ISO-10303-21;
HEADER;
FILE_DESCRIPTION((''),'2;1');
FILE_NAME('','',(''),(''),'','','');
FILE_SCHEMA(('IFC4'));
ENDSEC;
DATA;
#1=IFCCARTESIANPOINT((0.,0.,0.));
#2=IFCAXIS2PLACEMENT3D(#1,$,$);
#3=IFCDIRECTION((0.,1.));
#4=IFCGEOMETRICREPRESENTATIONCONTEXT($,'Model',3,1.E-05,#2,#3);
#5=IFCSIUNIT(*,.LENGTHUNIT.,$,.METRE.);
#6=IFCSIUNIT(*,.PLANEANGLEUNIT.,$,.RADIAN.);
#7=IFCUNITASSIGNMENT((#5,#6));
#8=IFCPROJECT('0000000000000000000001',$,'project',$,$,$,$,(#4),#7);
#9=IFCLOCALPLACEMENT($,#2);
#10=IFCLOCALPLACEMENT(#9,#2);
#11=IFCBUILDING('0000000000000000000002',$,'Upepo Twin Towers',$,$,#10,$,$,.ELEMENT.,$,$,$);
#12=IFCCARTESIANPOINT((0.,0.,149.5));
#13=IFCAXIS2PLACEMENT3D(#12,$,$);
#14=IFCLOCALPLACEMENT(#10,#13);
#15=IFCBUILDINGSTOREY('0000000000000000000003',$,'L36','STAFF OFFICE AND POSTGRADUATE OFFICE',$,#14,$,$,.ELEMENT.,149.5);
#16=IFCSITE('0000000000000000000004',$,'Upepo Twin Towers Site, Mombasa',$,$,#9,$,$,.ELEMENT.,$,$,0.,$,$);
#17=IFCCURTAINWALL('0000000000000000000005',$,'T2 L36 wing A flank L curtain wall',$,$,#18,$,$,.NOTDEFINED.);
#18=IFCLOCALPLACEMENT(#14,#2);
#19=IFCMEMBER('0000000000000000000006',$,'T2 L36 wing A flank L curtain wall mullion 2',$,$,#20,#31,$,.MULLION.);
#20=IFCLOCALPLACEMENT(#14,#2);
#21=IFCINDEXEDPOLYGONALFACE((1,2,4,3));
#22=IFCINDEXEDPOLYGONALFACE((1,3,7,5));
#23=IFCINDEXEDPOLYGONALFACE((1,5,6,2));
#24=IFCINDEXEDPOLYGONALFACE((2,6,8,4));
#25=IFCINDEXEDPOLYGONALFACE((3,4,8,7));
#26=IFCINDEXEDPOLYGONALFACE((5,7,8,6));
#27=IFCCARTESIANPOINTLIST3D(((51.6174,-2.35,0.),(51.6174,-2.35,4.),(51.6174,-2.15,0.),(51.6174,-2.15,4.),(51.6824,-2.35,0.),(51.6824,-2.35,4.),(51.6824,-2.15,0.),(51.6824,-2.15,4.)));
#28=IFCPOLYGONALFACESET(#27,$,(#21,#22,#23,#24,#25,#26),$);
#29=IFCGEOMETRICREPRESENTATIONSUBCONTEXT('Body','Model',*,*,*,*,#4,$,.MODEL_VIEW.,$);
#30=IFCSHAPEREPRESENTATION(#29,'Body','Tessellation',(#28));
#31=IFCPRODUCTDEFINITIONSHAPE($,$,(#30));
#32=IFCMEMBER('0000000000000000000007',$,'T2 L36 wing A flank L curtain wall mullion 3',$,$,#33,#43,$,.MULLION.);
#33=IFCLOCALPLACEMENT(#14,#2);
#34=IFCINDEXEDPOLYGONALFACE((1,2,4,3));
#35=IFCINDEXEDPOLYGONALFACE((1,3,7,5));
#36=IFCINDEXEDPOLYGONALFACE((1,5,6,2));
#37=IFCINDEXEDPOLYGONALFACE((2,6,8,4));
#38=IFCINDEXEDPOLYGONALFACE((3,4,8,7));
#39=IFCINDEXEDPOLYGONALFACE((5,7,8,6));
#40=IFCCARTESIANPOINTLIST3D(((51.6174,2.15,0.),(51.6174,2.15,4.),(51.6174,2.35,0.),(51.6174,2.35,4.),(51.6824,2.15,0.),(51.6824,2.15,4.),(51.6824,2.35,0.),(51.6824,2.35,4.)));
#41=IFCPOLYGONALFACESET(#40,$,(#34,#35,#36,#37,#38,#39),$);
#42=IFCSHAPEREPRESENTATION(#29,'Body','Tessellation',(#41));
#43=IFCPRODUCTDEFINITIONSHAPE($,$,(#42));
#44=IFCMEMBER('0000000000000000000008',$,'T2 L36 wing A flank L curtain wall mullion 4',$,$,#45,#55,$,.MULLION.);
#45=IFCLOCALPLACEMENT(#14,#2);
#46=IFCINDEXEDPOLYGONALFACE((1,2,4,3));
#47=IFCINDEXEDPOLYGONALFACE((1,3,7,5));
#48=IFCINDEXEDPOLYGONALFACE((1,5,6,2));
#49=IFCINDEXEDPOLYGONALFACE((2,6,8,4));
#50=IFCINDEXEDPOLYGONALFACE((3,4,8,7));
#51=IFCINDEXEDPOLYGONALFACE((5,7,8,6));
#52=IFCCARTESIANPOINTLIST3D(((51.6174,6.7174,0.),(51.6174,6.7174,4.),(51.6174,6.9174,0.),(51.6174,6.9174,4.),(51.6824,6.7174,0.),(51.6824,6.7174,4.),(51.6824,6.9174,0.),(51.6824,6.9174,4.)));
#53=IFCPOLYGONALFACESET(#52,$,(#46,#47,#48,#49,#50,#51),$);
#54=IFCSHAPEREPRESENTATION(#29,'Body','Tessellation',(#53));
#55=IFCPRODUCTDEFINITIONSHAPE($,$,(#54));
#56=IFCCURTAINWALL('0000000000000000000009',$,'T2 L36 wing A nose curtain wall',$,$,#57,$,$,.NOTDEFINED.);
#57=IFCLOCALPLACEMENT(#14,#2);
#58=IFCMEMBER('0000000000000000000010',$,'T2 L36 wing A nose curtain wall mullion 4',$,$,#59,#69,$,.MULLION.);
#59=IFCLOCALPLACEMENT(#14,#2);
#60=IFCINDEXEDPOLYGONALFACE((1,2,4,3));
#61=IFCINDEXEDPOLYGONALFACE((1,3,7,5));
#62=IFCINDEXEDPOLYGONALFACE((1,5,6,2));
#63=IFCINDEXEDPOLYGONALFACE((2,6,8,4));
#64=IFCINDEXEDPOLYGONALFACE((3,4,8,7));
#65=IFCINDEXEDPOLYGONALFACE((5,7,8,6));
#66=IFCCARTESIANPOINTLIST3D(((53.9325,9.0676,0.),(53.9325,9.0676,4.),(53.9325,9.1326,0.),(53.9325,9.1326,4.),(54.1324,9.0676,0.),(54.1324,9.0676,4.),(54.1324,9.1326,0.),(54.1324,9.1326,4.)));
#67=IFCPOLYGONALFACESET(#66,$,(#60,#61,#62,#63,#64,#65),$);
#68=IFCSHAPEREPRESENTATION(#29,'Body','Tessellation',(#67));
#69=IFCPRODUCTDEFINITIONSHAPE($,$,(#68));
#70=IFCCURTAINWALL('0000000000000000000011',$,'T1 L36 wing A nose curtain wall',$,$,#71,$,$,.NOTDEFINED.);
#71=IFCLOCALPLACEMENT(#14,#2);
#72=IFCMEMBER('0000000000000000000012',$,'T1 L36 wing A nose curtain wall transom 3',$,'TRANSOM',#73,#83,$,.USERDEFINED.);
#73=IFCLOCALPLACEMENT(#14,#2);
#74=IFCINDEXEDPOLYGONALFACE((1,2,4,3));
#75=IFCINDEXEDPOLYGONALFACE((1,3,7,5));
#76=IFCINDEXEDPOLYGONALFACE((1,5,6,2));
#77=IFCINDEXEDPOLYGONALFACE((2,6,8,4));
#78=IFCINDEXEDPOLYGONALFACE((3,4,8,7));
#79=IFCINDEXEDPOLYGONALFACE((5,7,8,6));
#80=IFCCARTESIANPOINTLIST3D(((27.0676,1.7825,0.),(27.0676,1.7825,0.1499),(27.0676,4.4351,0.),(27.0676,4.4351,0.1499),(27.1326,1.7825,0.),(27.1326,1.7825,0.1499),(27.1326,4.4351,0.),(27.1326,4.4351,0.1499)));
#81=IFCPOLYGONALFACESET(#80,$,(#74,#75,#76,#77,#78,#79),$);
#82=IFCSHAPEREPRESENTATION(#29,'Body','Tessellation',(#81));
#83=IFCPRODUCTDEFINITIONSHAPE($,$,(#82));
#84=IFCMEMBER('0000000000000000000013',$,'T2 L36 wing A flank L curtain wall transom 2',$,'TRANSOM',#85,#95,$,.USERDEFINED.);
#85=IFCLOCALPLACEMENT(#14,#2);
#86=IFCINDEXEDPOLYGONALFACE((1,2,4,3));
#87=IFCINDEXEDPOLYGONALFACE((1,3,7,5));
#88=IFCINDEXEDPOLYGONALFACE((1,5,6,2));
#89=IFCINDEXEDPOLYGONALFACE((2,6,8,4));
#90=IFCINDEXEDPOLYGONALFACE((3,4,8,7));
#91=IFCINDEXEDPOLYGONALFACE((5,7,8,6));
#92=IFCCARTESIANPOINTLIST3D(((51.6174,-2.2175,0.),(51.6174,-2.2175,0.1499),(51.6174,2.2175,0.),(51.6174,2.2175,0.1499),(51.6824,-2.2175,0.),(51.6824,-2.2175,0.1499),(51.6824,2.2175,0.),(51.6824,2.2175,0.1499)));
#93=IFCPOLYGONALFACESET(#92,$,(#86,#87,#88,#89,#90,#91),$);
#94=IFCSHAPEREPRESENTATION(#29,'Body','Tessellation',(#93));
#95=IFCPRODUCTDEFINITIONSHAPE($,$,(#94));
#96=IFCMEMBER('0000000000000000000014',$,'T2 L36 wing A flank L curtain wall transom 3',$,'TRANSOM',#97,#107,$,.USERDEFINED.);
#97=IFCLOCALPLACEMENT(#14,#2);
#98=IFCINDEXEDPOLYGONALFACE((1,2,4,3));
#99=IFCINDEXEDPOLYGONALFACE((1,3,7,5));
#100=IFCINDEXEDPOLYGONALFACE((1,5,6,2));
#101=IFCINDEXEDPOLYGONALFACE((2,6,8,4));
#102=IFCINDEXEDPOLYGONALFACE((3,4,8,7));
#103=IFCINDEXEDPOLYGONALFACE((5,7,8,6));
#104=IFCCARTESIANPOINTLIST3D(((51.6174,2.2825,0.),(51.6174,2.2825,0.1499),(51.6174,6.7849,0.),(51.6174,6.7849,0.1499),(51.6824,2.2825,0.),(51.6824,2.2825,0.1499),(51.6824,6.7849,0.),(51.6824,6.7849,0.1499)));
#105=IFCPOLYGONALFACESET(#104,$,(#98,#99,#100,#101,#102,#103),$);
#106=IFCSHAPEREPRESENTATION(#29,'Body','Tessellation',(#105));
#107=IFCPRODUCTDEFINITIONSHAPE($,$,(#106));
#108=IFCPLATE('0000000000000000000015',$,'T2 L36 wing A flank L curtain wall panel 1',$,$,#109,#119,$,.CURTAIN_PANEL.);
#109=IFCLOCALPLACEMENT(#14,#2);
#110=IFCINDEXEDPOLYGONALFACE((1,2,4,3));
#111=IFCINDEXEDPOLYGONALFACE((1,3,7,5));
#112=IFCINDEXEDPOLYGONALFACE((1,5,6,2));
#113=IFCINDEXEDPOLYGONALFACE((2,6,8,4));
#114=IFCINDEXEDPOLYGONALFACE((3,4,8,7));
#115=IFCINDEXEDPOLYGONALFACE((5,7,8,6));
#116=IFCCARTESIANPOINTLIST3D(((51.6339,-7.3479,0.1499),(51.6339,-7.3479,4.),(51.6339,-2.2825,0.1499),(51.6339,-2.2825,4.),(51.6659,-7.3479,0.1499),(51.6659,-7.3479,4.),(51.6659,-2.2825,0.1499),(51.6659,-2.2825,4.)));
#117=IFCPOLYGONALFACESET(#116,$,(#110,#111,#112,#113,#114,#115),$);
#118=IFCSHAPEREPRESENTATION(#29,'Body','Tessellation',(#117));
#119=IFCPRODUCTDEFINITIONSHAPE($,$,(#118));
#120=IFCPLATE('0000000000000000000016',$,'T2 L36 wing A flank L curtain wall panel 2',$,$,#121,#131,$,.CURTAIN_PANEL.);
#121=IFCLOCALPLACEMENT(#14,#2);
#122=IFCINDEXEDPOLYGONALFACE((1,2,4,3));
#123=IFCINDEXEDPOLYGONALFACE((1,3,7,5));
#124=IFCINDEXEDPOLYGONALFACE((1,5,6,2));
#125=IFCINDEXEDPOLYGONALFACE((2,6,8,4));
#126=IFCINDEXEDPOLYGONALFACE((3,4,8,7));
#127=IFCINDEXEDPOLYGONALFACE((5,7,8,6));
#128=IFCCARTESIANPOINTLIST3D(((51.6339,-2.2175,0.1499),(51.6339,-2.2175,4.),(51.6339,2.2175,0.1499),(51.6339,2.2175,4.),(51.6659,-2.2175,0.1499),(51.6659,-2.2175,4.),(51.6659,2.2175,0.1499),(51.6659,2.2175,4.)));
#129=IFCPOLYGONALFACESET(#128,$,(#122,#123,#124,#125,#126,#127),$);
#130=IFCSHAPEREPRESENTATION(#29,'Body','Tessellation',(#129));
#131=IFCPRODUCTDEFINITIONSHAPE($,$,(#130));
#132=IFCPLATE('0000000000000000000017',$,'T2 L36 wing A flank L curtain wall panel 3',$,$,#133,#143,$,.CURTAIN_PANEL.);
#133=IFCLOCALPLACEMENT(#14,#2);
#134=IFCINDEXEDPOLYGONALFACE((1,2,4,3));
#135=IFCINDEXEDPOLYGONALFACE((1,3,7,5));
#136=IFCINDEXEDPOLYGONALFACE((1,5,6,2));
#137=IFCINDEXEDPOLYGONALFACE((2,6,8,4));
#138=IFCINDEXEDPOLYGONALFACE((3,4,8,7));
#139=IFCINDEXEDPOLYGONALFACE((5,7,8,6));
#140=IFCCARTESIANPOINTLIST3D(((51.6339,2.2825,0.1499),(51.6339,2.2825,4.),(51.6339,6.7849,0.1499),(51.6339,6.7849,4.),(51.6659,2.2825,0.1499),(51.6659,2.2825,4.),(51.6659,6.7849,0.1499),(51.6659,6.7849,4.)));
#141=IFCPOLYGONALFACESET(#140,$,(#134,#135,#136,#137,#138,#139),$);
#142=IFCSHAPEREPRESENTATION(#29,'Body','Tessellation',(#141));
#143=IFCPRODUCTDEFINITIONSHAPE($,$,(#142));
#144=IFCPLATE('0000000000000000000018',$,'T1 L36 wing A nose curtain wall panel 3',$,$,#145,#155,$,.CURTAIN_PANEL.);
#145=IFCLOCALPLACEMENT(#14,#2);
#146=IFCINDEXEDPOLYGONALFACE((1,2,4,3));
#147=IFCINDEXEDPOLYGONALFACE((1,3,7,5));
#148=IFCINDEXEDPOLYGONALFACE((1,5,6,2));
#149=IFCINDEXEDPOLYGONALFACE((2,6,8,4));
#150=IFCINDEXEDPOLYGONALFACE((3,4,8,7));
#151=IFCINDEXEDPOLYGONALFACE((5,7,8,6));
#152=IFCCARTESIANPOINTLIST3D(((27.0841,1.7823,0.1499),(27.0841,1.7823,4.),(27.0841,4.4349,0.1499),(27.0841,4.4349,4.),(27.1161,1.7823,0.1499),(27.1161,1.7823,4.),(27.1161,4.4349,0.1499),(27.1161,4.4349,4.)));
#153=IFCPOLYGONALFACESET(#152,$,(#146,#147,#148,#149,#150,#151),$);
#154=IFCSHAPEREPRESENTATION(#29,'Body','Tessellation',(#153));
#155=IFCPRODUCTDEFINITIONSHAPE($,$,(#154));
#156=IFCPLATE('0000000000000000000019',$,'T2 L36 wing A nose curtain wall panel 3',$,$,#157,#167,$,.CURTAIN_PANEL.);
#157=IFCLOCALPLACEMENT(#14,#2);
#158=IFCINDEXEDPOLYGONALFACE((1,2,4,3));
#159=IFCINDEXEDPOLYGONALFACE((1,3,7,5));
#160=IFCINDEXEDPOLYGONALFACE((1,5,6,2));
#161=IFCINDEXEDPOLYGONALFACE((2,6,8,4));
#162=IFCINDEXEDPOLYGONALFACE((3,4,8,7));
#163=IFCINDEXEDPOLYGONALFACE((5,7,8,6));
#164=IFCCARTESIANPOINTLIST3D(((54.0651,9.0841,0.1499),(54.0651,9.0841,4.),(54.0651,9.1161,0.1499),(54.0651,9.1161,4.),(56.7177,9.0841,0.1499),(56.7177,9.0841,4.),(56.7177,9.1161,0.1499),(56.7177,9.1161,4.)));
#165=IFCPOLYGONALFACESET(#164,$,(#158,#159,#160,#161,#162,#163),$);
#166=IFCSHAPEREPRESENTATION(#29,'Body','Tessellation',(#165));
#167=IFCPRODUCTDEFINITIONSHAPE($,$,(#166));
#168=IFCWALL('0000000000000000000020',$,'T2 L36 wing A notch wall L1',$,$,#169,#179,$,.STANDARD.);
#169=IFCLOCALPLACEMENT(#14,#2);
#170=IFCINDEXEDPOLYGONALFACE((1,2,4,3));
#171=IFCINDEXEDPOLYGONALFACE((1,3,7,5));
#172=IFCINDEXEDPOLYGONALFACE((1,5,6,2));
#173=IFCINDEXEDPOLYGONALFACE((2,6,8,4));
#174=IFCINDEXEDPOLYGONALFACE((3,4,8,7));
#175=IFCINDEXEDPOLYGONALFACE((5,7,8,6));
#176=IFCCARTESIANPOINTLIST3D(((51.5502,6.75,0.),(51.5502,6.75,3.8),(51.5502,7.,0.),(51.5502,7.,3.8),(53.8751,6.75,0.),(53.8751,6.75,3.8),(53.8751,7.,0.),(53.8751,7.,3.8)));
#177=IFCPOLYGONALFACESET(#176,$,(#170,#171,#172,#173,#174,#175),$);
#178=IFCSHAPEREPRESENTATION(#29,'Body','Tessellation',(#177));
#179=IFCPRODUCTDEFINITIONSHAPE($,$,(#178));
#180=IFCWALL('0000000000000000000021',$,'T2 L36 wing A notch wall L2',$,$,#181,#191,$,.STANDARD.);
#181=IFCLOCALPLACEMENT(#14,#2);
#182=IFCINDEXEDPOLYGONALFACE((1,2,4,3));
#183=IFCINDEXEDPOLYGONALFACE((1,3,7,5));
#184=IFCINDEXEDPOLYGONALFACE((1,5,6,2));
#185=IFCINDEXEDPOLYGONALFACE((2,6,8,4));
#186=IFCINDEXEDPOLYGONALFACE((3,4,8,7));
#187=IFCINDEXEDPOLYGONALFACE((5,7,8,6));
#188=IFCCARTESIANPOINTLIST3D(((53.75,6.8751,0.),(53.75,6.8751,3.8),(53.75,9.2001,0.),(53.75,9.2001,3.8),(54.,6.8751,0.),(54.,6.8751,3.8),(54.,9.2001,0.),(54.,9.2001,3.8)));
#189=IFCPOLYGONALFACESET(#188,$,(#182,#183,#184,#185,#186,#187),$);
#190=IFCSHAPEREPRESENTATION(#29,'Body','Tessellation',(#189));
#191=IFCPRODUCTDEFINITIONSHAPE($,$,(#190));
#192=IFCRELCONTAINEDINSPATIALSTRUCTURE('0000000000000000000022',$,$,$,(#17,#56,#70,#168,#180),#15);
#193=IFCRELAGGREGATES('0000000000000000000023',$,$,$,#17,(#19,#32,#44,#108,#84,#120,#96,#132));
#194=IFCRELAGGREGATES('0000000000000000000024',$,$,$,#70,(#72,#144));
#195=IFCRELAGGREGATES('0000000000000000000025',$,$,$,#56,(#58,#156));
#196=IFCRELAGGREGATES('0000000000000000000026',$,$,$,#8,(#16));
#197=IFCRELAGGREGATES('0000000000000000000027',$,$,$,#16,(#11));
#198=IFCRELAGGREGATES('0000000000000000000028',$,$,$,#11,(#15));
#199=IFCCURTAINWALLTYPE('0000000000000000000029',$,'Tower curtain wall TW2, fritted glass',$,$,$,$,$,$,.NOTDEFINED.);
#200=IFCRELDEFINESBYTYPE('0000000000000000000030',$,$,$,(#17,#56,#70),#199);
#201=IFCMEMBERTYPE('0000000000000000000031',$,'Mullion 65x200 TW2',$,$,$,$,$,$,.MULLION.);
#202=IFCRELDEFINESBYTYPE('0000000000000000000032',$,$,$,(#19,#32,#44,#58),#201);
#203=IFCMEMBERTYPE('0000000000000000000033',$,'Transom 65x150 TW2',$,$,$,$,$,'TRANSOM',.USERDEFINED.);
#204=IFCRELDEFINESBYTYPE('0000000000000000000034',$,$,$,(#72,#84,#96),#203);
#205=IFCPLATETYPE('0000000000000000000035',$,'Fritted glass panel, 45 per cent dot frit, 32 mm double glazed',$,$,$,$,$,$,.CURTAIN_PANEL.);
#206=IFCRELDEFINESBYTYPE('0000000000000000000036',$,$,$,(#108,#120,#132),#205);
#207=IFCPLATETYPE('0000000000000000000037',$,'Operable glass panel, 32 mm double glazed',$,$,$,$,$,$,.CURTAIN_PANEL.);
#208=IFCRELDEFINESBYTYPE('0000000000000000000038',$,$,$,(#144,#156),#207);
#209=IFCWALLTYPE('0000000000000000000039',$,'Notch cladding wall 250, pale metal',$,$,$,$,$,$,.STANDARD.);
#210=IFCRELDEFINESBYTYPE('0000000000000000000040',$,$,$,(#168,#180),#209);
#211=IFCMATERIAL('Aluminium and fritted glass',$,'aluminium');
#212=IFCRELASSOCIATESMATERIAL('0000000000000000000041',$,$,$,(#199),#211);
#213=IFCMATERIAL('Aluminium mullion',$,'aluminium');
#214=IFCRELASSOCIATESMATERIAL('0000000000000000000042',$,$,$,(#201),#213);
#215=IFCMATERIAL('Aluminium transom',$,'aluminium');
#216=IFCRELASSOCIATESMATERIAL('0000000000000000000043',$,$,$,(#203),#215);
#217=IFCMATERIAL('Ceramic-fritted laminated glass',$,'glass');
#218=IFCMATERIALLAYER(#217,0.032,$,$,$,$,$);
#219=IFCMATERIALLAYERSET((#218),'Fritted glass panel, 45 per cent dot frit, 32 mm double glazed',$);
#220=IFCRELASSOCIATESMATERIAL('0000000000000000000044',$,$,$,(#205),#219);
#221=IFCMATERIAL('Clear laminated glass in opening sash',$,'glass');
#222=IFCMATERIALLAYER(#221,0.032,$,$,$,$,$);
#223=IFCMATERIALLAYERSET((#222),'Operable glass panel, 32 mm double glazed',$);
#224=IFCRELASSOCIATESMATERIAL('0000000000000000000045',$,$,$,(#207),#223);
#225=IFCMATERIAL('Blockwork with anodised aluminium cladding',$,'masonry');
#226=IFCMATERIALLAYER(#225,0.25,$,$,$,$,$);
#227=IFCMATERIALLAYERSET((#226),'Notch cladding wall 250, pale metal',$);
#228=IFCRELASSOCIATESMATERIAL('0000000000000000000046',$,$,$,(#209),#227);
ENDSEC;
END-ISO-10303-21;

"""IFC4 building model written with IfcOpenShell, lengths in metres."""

from ifc_helpers import new_model, si_unit, direction, frame, frame_2d, origin, origin_2d, place, context, subcontext, project, spatial, rectangle, extrude, material, layer, layer_set, material_profile, profile_set, type_object, element, aggregate, save


model = new_model("IFC4")

# Units and contexts
model_context = context("Model", 3, precision=1e-05, world=origin(), true_north=direction((0.0, 1.0)))
body_context = subcontext(model_context, "Body", "Model", "MODEL_VIEW")
ifc_project = project(units=[si_unit("LENGTHUNIT", "METRE"), si_unit("PLANEANGLEUNIT", "RADIAN")], contexts=[model_context])

# Site, building, storey
site_placement = place(None, origin())
site = spatial("IfcSite", under=ifc_project, at=site_placement, Name="Upepo Twin Towers Site, Mombasa", CompositionType="ELEMENT", RefElevation=0.0)
building_placement = place(site_placement, origin())
building = spatial("IfcBuilding", under=site, at=building_placement, Name="Upepo Twin Towers", CompositionType="ELEMENT")
storey_placement = place(building_placement, frame((0.0, 0.0, 149.5)))
storey = spatial("IfcBuildingStorey", under=building, at=storey_placement, Name="L36", Description="STAFF OFFICE AND POSTGRADUATE OFFICE", CompositionType="ELEMENT", Elevation=149.5)

# Curtain wall, members
ifc_material_1 = material(Name="Aluminium and fritted glass", Category="aluminium")
curtain_wall_type = type_object("IfcCurtainWallType", Name="Tower curtain wall TW2, fritted glass", PredefinedType="NOTDEFINED", material=ifc_material_1)
curtain_wall_1_placement = place(storey_placement, origin())
curtain_wall_1 = element("IfcCurtainWall", 1, at=curtain_wall_1_placement, inside=storey, type_object=curtain_wall_type, Name="T2 L36 wing A flank L curtain wall", PredefinedType="NOTDEFINED")
ifc_material_2 = material(Name="Aluminium mullion", Category="aluminium")
ifc_material_profile_1 = material_profile(ifc_material_2, rectangle(XDim=0.0649, YDim=0.2, at=origin_2d()), Name="MULLION 65x200")
ifc_profile_set_1 = profile_set([ifc_material_profile_1], Name="Aluminium mullion")
member_type_1 = type_object("IfcMemberType", Name="Mullion 65x200 TW2", PredefinedType="MULLION", material=ifc_profile_set_1)
member_1_placement = place(storey_placement, frame((51.6499, -2.25, 0.0), z_axis=(0.0, 0.0, 1.0), x_axis=(-1.0, 0.0, 0.0)))
member_1 = element("IfcMember", 2, at=member_1_placement, type_object=member_type_1, Name="T2 L36 wing A flank L curtain wall mullion 2", PredefinedType="MULLION", context=body_context, shape_type="SweptSolid", body=[
    extrude(rectangle(XDim=0.0649, YDim=0.2, at=origin_2d()), origin(), (0.0, 0.0, 1.0), 4.0),
])
member_2_placement = place(storey_placement, frame((51.6499, 2.25, 0.0), z_axis=(0.0, 0.0, 1.0), x_axis=(-1.0, 0.0, 0.0)))
member_2 = element("IfcMember", 3, at=member_2_placement, type_object=member_type_1, Name="T2 L36 wing A flank L curtain wall mullion 3", PredefinedType="MULLION", context=body_context, shape_type="SweptSolid", body=[
    extrude(rectangle(XDim=0.0649, YDim=0.2, at=origin_2d()), origin(), (0.0, 0.0, 1.0), 4.0),
])
member_3_placement = place(storey_placement, frame((51.6499, 6.8174, 0.0), z_axis=(0.0, 0.0, 1.0), x_axis=(-1.0, 0.0, 0.0)))
member_3 = element("IfcMember", 4, at=member_3_placement, type_object=member_type_1, Name="T2 L36 wing A flank L curtain wall mullion 4", PredefinedType="MULLION", context=body_context, shape_type="SweptSolid", body=[
    extrude(rectangle(XDim=0.0649, YDim=0.2, at=origin_2d()), origin(), (0.0, 0.0, 1.0), 4.0),
])

# Curtain walls, members
curtain_wall_2_placement = place(storey_placement, origin())
curtain_wall_2 = element("IfcCurtainWall", 5, at=curtain_wall_2_placement, inside=storey, type_object=curtain_wall_type, Name="T2 L36 wing A nose curtain wall", PredefinedType="NOTDEFINED")
member_4_placement = place(storey_placement, frame((54.0325, 9.1001, 0.0), z_axis=(0.0, 0.0, 1.0), x_axis=(0.0, -1.0, 0.0)))
member_4 = element("IfcMember", 6, at=member_4_placement, type_object=member_type_1, Name="T2 L36 wing A nose curtain wall mullion 4", PredefinedType="MULLION", context=body_context, shape_type="SweptSolid", body=[
    extrude(rectangle(XDim=0.0649, YDim=0.2, at=origin_2d()), origin(), (0.0, 0.0, 1.0), 4.0),
])
curtain_wall_3_placement = place(storey_placement, origin())
curtain_wall_3 = element("IfcCurtainWall", 7, at=curtain_wall_3_placement, inside=storey, type_object=curtain_wall_type, Name="T1 L36 wing A nose curtain wall", PredefinedType="NOTDEFINED")
ifc_material_3 = material(Name="Aluminium transom", Category="aluminium")
ifc_material_profile_2 = material_profile(ifc_material_3, rectangle(XDim=0.0649, YDim=0.1499, at=origin_2d()), Name="TRANSOM 65x150")
ifc_profile_set_2 = profile_set([ifc_material_profile_2], Name="Aluminium transom")
member_type_2 = type_object("IfcMemberType", Name="Transom 65x150 TW2", ElementType="TRANSOM", PredefinedType="USERDEFINED", material=ifc_profile_set_2)
member_5_placement = place(storey_placement, frame((27.1001, 1.7825, 0.075), z_axis=(0.0, 1.0, 0.0), x_axis=(-1.0, 0.0, 0.0)))
member_5 = element("IfcMember", 8, at=member_5_placement, type_object=member_type_2, Name="T1 L36 wing A nose curtain wall transom 3", ObjectType="TRANSOM", PredefinedType="USERDEFINED", context=body_context, shape_type="SweptSolid", body=[
    extrude(rectangle(XDim=0.0649, YDim=0.1499, at=origin_2d()), origin(), (0.0, 0.0, 1.0), 2.6526),
])

# Members
member_6_placement = place(storey_placement, frame((51.6499, -2.2175, 0.075), z_axis=(0.0, 1.0, 0.0), x_axis=(-1.0, 0.0, 0.0)))
member_6 = element("IfcMember", 9, at=member_6_placement, type_object=member_type_2, Name="T2 L36 wing A flank L curtain wall transom 2", ObjectType="TRANSOM", PredefinedType="USERDEFINED", context=body_context, shape_type="SweptSolid", body=[
    extrude(rectangle(XDim=0.0649, YDim=0.1499, at=origin_2d()), origin(), (0.0, 0.0, 1.0), 4.4351),
])
member_7_placement = place(storey_placement, frame((51.6499, 2.2825, 0.075), z_axis=(0.0, 1.0, 0.0), x_axis=(-1.0, 0.0, 0.0)))
member_7 = element("IfcMember", 10, at=member_7_placement, type_object=member_type_2, Name="T2 L36 wing A flank L curtain wall transom 3", ObjectType="TRANSOM", PredefinedType="USERDEFINED", context=body_context, shape_type="SweptSolid", body=[
    extrude(rectangle(XDim=0.0649, YDim=0.1499, at=origin_2d()), origin(), (0.0, 0.0, 1.0), 4.5024),
])

# Plates
ifc_material_4 = material(Name="Ceramic-fritted laminated glass", Category="glass")
ifc_layer_1 = layer(ifc_material_4, 0.032)
ifc_layer_set_1 = layer_set([ifc_layer_1], Name="Fritted glass panel, 45 per cent dot frit, 32 mm double glazed")
plate_type_1 = type_object("IfcPlateType", Name="Fritted glass panel, 45 per cent dot frit, 32 mm double glazed", PredefinedType="CURTAIN_PANEL", material=ifc_layer_set_1)
plate_1_placement = place(storey_placement, frame((51.6499, -4.8152, 0.1499), z_axis=(0.0, 0.0, 1.0), x_axis=(0.0, 1.0, 0.0)))
plate_1 = element("IfcPlate", 11, at=plate_1_placement, type_object=plate_type_1, Name="T2 L36 wing A flank L curtain wall panel 1", PredefinedType="CURTAIN_PANEL", context=body_context, shape_type="SweptSolid", body=[
    extrude(rectangle(XDim=5.0654, YDim=0.032, at=origin_2d()), origin(), (0.0, 0.0, 1.0), 3.8501),
])
plate_2_placement = place(storey_placement, frame((51.6499, 0.0, 0.1499), z_axis=(0.0, 0.0, 1.0), x_axis=(0.0, 1.0, 0.0)))
plate_2 = element("IfcPlate", 12, at=plate_2_placement, type_object=plate_type_1, Name="T2 L36 wing A flank L curtain wall panel 2", PredefinedType="CURTAIN_PANEL", context=body_context, shape_type="SweptSolid", body=[
    extrude(rectangle(XDim=4.4351, YDim=0.032, at=origin_2d()), origin(), (0.0, 0.0, 1.0), 3.8501),
])
plate_3_placement = place(storey_placement, frame((51.6499, 4.5337, 0.1499), z_axis=(0.0, 0.0, 1.0), x_axis=(0.0, 1.0, 0.0)))
plate_3 = element("IfcPlate", 13, at=plate_3_placement, type_object=plate_type_1, Name="T2 L36 wing A flank L curtain wall panel 3", PredefinedType="CURTAIN_PANEL", context=body_context, shape_type="SweptSolid", body=[
    extrude(rectangle(XDim=4.5024, YDim=0.032, at=origin_2d()), origin(), (0.0, 0.0, 1.0), 3.8501),
])
aggregate(curtain_wall_1, [member_1, member_2, member_3, plate_1, member_6, plate_2, member_7, plate_3])
ifc_material_5 = material(Name="Clear laminated glass in opening sash", Category="glass")
ifc_layer_2 = layer(ifc_material_5, 0.032)
ifc_layer_set_2 = layer_set([ifc_layer_2], Name="Operable glass panel, 32 mm double glazed")
plate_type_2 = type_object("IfcPlateType", Name="Operable glass panel, 32 mm double glazed", PredefinedType="CURTAIN_PANEL", material=ifc_layer_set_2)
plate_4_placement = place(storey_placement, frame((27.1001, 3.1086, 0.1499), z_axis=(0.0, 0.0, 1.0), x_axis=(0.0, 1.0, 0.0)))
plate_4 = element("IfcPlate", 14, at=plate_4_placement, type_object=plate_type_2, Name="T1 L36 wing A nose curtain wall panel 3", PredefinedType="CURTAIN_PANEL", context=body_context, shape_type="SweptSolid", body=[
    extrude(rectangle(XDim=2.6526, YDim=0.032, at=origin_2d()), origin(), (0.0, 0.0, 1.0), 3.8501),
])
aggregate(curtain_wall_3, [member_5, plate_4])
plate_5_placement = place(storey_placement, frame((55.3914, 9.1001, 0.1499), z_axis=(0.0, 0.0, 1.0), x_axis=(-1.0, 0.0, 0.0)))
plate_5 = element("IfcPlate", 15, at=plate_5_placement, type_object=plate_type_2, Name="T2 L36 wing A nose curtain wall panel 3", PredefinedType="CURTAIN_PANEL", context=body_context, shape_type="SweptSolid", body=[
    extrude(rectangle(XDim=2.6526, YDim=0.032, at=origin_2d()), origin(), (0.0, 0.0, 1.0), 3.8501),
])
aggregate(curtain_wall_2, [member_4, plate_5])

# Walls
ifc_material_6 = material(Name="Blockwork with anodised aluminium cladding", Category="masonry")
ifc_layer_3 = layer(ifc_material_6, 0.25)
ifc_layer_set_3 = layer_set([ifc_layer_3], Name="Notch cladding wall 250, pale metal")
wall_type_1 = type_object("IfcWallType", Name="Notch cladding wall 250, pale metal", PredefinedType="STANDARD", material=ifc_layer_set_3)
for number, where, z_axis, x_axis, name in (
    (16, (51.55, 6.875, 0.0), (0.0, 0.0, 1.0), (1.0, 0.0, 0.0), "T2 L36 wing A notch wall L1"),
    (17, (53.875, 6.875, 0.0), (0.0, 0.0, 1.0), (0.0, 1.0, 0.0), "T2 L36 wing A notch wall L2"),
):
    element("IfcWall", number, at=place(storey_placement, frame(where, z_axis=z_axis, x_axis=x_axis)), inside=storey, type_object=wall_type_1, Name=name, PredefinedType="STANDARD", context=body_context, shape_type="SweptSolid", body=[
        extrude(rectangle(XDim=2.325, YDim=0.25, at=frame_2d((1.1626, 0.0))), origin(), (0.0, 0.0, 1.0), 3.8),
    ])

save(model, "model.ifc")
